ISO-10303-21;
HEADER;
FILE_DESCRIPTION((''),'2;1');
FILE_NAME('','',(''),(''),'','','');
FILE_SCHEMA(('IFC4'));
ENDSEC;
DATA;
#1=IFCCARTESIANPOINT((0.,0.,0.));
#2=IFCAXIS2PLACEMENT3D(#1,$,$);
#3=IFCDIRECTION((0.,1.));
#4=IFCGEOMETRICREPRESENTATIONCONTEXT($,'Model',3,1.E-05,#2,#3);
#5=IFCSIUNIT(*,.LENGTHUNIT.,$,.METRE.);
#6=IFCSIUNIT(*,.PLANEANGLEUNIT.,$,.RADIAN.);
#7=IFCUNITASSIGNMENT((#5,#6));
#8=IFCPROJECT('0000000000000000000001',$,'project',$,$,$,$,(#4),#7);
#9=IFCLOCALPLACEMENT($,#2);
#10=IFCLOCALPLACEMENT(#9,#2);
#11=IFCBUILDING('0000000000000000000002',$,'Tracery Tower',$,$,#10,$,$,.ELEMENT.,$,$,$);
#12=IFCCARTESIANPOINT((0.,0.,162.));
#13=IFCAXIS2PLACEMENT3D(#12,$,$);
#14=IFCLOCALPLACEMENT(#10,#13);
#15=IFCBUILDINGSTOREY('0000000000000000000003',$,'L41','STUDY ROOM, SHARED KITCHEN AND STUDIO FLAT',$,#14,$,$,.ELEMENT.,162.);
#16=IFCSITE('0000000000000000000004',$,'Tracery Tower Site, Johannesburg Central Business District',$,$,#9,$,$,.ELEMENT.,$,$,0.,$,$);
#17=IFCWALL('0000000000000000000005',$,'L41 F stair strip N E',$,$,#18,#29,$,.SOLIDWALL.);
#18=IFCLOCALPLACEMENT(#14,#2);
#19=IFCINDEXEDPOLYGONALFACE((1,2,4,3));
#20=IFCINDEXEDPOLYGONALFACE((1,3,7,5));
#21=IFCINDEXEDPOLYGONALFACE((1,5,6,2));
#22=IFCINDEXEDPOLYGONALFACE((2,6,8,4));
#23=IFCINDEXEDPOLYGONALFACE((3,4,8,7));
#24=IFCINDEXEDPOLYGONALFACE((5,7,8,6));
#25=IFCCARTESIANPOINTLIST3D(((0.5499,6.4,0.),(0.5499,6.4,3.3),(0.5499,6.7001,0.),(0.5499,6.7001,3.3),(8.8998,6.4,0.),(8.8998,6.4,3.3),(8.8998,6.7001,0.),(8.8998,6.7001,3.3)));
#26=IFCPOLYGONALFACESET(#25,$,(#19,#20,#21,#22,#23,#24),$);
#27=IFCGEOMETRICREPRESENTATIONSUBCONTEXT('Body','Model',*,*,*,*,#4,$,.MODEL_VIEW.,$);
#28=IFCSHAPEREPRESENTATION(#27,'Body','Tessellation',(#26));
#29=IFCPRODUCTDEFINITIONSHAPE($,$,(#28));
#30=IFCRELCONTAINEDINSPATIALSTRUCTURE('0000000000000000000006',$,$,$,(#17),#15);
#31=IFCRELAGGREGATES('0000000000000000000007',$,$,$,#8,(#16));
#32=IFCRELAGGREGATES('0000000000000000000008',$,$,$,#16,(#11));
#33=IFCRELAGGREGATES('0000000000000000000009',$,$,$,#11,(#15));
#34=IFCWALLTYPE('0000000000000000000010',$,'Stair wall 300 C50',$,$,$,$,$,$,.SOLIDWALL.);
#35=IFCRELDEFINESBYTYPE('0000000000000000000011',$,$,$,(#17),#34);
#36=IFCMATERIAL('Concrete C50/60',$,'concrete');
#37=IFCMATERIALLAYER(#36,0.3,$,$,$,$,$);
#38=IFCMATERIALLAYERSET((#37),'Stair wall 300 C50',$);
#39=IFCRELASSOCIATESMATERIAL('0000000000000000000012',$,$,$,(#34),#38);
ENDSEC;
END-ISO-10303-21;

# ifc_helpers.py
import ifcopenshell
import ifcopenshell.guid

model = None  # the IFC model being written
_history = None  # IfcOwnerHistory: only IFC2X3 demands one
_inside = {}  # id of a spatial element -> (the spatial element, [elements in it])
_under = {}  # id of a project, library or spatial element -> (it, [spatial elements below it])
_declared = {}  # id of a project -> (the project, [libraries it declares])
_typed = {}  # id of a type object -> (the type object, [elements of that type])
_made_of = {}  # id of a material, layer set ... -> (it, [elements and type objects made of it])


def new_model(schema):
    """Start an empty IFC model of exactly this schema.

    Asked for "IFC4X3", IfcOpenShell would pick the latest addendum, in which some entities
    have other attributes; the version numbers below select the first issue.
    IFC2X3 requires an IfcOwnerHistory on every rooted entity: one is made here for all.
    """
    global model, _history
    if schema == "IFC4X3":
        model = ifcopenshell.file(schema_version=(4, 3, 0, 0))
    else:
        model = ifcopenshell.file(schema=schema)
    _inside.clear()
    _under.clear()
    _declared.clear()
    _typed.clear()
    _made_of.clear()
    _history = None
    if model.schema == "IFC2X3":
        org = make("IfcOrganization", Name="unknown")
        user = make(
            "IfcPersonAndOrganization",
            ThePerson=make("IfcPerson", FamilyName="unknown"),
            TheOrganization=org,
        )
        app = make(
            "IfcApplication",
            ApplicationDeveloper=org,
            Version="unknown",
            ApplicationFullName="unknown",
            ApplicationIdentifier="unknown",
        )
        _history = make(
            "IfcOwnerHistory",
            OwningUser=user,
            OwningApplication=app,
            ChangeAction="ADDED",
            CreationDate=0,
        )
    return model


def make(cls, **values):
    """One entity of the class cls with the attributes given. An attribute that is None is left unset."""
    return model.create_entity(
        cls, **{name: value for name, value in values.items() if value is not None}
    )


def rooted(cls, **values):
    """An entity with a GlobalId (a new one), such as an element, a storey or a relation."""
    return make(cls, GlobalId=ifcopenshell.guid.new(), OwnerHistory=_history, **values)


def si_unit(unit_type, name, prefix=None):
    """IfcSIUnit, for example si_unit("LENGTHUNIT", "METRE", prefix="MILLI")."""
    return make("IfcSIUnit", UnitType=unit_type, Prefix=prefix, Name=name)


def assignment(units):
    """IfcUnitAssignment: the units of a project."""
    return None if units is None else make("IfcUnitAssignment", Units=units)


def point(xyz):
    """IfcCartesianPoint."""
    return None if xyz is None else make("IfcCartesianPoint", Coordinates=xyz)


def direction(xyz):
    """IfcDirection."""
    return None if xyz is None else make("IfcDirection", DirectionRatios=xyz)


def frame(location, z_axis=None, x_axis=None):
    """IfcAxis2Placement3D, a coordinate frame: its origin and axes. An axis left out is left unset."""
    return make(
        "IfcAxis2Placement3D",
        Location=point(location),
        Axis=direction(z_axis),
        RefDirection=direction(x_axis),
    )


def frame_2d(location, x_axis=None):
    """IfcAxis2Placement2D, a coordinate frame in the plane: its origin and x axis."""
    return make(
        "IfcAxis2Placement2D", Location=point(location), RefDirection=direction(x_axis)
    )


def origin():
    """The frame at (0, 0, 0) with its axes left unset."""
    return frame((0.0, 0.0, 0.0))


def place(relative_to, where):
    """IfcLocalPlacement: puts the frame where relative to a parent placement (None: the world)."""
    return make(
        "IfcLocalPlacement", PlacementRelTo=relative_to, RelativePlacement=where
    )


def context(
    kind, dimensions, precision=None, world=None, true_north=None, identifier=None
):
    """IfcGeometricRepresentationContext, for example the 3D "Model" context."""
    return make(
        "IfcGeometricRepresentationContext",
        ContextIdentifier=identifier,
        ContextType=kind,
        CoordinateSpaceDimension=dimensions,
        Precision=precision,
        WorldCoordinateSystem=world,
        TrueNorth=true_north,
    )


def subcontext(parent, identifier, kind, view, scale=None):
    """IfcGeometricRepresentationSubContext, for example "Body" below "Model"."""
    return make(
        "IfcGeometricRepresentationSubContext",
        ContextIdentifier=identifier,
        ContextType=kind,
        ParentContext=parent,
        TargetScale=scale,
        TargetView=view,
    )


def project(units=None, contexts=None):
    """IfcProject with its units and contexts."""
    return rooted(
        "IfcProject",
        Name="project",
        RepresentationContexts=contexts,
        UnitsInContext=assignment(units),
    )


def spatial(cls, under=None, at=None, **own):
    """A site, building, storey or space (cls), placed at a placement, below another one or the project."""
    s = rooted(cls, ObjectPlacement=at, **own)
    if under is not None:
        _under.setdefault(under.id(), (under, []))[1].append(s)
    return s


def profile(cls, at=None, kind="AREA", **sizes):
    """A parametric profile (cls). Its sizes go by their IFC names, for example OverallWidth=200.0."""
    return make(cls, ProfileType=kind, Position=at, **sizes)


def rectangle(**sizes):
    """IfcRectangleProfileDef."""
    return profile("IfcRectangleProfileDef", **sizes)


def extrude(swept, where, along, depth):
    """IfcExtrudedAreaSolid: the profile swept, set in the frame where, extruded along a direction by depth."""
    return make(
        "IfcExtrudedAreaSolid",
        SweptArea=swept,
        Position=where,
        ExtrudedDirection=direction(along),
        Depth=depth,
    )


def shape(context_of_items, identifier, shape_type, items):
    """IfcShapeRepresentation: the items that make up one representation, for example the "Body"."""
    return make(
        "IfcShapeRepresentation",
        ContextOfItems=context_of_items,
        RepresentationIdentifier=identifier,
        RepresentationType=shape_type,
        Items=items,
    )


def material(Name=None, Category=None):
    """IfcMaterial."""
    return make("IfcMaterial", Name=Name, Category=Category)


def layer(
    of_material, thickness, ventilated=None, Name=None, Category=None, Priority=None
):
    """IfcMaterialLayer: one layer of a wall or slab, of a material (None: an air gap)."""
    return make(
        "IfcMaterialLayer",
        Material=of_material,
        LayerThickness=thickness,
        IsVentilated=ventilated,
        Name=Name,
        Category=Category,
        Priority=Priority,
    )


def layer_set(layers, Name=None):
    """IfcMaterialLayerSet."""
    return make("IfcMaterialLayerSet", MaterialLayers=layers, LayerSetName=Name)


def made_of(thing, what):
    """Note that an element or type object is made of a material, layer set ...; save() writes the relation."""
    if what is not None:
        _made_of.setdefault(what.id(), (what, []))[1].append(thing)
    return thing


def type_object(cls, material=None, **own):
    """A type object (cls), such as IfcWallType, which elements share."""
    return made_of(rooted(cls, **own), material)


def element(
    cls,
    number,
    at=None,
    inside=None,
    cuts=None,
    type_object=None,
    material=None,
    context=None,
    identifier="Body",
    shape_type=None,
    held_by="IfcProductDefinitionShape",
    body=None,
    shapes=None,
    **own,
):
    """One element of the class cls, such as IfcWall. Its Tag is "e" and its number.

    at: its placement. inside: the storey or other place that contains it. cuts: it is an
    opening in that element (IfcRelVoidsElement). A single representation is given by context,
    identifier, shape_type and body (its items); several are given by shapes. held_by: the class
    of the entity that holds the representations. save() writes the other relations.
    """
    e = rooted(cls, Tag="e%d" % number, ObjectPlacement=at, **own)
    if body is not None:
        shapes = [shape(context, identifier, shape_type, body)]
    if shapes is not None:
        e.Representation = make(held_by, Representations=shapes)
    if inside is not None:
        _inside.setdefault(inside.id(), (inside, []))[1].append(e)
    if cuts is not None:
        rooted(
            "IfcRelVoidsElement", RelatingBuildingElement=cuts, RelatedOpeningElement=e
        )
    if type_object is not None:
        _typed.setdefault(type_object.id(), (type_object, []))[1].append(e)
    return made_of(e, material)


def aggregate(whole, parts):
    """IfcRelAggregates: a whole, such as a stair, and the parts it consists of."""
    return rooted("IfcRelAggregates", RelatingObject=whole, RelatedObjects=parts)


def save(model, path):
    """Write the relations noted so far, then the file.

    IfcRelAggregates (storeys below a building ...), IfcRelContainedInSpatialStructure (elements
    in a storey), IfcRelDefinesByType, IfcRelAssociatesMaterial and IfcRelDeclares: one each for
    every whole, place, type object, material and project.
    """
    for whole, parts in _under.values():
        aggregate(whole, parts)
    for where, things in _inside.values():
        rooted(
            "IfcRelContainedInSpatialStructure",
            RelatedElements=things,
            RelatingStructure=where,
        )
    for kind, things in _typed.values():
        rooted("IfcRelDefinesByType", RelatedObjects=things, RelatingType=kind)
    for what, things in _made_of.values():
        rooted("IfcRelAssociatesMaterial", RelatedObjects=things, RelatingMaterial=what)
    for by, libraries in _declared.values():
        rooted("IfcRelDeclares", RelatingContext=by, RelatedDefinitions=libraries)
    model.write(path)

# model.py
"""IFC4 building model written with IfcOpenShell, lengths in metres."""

from ifc_helpers import new_model, si_unit, direction, frame, frame_2d, origin, place, context, subcontext, project, spatial, rectangle, extrude, material, layer, layer_set, type_object, element, save


model = new_model("IFC4")

# Units and contexts
model_context = context("Model", 3, precision=1e-05, world=origin(), true_north=direction((0.0, 1.0)))
body_context = subcontext(model_context, "Body", "Model", "MODEL_VIEW")
ifc_project = project(units=[si_unit("LENGTHUNIT", "METRE"), si_unit("PLANEANGLEUNIT", "RADIAN")], contexts=[model_context])

# Site, building, storey
site_placement = place(None, origin())
site = spatial("IfcSite", under=ifc_project, at=site_placement, Name="Tracery Tower Site, Johannesburg Central Business District", CompositionType="ELEMENT", RefElevation=0.0)
building_placement = place(site_placement, origin())
building = spatial("IfcBuilding", under=site, at=building_placement, Name="Tracery Tower", CompositionType="ELEMENT")
storey_placement = place(building_placement, frame((0.0, 0.0, 162.0)))
storey = spatial("IfcBuildingStorey", under=building, at=storey_placement, Name="L41", Description="STUDY ROOM, SHARED KITCHEN AND STUDIO FLAT", CompositionType="ELEMENT", Elevation=162.0)

# Wall
ifc_material_1 = material(Name="Concrete C50/60", Category="concrete")
ifc_layer_1 = layer(ifc_material_1, 0.3)
ifc_layer_set_1 = layer_set([ifc_layer_1], Name="Stair wall 300 C50")
wall_type_1 = type_object("IfcWallType", Name="Stair wall 300 C50", PredefinedType="SOLIDWALL", material=ifc_layer_set_1)
wall_1_placement = place(storey_placement, frame((0.55, 6.55, 0.0), z_axis=(0.0, 0.0, 1.0), x_axis=(1.0, 0.0, 0.0)))
element("IfcWall", 1, at=wall_1_placement, inside=storey, type_object=wall_type_1, Name="L41 F stair strip N E", PredefinedType="SOLIDWALL", context=body_context, shape_type="SweptSolid", body=[
    extrude(rectangle(XDim=8.3499, YDim=0.3, at=frame_2d((4.1748, 0.0))), origin(), (0.0, 0.0, 1.0), 3.3),
])

save(model, "model.ifc")
